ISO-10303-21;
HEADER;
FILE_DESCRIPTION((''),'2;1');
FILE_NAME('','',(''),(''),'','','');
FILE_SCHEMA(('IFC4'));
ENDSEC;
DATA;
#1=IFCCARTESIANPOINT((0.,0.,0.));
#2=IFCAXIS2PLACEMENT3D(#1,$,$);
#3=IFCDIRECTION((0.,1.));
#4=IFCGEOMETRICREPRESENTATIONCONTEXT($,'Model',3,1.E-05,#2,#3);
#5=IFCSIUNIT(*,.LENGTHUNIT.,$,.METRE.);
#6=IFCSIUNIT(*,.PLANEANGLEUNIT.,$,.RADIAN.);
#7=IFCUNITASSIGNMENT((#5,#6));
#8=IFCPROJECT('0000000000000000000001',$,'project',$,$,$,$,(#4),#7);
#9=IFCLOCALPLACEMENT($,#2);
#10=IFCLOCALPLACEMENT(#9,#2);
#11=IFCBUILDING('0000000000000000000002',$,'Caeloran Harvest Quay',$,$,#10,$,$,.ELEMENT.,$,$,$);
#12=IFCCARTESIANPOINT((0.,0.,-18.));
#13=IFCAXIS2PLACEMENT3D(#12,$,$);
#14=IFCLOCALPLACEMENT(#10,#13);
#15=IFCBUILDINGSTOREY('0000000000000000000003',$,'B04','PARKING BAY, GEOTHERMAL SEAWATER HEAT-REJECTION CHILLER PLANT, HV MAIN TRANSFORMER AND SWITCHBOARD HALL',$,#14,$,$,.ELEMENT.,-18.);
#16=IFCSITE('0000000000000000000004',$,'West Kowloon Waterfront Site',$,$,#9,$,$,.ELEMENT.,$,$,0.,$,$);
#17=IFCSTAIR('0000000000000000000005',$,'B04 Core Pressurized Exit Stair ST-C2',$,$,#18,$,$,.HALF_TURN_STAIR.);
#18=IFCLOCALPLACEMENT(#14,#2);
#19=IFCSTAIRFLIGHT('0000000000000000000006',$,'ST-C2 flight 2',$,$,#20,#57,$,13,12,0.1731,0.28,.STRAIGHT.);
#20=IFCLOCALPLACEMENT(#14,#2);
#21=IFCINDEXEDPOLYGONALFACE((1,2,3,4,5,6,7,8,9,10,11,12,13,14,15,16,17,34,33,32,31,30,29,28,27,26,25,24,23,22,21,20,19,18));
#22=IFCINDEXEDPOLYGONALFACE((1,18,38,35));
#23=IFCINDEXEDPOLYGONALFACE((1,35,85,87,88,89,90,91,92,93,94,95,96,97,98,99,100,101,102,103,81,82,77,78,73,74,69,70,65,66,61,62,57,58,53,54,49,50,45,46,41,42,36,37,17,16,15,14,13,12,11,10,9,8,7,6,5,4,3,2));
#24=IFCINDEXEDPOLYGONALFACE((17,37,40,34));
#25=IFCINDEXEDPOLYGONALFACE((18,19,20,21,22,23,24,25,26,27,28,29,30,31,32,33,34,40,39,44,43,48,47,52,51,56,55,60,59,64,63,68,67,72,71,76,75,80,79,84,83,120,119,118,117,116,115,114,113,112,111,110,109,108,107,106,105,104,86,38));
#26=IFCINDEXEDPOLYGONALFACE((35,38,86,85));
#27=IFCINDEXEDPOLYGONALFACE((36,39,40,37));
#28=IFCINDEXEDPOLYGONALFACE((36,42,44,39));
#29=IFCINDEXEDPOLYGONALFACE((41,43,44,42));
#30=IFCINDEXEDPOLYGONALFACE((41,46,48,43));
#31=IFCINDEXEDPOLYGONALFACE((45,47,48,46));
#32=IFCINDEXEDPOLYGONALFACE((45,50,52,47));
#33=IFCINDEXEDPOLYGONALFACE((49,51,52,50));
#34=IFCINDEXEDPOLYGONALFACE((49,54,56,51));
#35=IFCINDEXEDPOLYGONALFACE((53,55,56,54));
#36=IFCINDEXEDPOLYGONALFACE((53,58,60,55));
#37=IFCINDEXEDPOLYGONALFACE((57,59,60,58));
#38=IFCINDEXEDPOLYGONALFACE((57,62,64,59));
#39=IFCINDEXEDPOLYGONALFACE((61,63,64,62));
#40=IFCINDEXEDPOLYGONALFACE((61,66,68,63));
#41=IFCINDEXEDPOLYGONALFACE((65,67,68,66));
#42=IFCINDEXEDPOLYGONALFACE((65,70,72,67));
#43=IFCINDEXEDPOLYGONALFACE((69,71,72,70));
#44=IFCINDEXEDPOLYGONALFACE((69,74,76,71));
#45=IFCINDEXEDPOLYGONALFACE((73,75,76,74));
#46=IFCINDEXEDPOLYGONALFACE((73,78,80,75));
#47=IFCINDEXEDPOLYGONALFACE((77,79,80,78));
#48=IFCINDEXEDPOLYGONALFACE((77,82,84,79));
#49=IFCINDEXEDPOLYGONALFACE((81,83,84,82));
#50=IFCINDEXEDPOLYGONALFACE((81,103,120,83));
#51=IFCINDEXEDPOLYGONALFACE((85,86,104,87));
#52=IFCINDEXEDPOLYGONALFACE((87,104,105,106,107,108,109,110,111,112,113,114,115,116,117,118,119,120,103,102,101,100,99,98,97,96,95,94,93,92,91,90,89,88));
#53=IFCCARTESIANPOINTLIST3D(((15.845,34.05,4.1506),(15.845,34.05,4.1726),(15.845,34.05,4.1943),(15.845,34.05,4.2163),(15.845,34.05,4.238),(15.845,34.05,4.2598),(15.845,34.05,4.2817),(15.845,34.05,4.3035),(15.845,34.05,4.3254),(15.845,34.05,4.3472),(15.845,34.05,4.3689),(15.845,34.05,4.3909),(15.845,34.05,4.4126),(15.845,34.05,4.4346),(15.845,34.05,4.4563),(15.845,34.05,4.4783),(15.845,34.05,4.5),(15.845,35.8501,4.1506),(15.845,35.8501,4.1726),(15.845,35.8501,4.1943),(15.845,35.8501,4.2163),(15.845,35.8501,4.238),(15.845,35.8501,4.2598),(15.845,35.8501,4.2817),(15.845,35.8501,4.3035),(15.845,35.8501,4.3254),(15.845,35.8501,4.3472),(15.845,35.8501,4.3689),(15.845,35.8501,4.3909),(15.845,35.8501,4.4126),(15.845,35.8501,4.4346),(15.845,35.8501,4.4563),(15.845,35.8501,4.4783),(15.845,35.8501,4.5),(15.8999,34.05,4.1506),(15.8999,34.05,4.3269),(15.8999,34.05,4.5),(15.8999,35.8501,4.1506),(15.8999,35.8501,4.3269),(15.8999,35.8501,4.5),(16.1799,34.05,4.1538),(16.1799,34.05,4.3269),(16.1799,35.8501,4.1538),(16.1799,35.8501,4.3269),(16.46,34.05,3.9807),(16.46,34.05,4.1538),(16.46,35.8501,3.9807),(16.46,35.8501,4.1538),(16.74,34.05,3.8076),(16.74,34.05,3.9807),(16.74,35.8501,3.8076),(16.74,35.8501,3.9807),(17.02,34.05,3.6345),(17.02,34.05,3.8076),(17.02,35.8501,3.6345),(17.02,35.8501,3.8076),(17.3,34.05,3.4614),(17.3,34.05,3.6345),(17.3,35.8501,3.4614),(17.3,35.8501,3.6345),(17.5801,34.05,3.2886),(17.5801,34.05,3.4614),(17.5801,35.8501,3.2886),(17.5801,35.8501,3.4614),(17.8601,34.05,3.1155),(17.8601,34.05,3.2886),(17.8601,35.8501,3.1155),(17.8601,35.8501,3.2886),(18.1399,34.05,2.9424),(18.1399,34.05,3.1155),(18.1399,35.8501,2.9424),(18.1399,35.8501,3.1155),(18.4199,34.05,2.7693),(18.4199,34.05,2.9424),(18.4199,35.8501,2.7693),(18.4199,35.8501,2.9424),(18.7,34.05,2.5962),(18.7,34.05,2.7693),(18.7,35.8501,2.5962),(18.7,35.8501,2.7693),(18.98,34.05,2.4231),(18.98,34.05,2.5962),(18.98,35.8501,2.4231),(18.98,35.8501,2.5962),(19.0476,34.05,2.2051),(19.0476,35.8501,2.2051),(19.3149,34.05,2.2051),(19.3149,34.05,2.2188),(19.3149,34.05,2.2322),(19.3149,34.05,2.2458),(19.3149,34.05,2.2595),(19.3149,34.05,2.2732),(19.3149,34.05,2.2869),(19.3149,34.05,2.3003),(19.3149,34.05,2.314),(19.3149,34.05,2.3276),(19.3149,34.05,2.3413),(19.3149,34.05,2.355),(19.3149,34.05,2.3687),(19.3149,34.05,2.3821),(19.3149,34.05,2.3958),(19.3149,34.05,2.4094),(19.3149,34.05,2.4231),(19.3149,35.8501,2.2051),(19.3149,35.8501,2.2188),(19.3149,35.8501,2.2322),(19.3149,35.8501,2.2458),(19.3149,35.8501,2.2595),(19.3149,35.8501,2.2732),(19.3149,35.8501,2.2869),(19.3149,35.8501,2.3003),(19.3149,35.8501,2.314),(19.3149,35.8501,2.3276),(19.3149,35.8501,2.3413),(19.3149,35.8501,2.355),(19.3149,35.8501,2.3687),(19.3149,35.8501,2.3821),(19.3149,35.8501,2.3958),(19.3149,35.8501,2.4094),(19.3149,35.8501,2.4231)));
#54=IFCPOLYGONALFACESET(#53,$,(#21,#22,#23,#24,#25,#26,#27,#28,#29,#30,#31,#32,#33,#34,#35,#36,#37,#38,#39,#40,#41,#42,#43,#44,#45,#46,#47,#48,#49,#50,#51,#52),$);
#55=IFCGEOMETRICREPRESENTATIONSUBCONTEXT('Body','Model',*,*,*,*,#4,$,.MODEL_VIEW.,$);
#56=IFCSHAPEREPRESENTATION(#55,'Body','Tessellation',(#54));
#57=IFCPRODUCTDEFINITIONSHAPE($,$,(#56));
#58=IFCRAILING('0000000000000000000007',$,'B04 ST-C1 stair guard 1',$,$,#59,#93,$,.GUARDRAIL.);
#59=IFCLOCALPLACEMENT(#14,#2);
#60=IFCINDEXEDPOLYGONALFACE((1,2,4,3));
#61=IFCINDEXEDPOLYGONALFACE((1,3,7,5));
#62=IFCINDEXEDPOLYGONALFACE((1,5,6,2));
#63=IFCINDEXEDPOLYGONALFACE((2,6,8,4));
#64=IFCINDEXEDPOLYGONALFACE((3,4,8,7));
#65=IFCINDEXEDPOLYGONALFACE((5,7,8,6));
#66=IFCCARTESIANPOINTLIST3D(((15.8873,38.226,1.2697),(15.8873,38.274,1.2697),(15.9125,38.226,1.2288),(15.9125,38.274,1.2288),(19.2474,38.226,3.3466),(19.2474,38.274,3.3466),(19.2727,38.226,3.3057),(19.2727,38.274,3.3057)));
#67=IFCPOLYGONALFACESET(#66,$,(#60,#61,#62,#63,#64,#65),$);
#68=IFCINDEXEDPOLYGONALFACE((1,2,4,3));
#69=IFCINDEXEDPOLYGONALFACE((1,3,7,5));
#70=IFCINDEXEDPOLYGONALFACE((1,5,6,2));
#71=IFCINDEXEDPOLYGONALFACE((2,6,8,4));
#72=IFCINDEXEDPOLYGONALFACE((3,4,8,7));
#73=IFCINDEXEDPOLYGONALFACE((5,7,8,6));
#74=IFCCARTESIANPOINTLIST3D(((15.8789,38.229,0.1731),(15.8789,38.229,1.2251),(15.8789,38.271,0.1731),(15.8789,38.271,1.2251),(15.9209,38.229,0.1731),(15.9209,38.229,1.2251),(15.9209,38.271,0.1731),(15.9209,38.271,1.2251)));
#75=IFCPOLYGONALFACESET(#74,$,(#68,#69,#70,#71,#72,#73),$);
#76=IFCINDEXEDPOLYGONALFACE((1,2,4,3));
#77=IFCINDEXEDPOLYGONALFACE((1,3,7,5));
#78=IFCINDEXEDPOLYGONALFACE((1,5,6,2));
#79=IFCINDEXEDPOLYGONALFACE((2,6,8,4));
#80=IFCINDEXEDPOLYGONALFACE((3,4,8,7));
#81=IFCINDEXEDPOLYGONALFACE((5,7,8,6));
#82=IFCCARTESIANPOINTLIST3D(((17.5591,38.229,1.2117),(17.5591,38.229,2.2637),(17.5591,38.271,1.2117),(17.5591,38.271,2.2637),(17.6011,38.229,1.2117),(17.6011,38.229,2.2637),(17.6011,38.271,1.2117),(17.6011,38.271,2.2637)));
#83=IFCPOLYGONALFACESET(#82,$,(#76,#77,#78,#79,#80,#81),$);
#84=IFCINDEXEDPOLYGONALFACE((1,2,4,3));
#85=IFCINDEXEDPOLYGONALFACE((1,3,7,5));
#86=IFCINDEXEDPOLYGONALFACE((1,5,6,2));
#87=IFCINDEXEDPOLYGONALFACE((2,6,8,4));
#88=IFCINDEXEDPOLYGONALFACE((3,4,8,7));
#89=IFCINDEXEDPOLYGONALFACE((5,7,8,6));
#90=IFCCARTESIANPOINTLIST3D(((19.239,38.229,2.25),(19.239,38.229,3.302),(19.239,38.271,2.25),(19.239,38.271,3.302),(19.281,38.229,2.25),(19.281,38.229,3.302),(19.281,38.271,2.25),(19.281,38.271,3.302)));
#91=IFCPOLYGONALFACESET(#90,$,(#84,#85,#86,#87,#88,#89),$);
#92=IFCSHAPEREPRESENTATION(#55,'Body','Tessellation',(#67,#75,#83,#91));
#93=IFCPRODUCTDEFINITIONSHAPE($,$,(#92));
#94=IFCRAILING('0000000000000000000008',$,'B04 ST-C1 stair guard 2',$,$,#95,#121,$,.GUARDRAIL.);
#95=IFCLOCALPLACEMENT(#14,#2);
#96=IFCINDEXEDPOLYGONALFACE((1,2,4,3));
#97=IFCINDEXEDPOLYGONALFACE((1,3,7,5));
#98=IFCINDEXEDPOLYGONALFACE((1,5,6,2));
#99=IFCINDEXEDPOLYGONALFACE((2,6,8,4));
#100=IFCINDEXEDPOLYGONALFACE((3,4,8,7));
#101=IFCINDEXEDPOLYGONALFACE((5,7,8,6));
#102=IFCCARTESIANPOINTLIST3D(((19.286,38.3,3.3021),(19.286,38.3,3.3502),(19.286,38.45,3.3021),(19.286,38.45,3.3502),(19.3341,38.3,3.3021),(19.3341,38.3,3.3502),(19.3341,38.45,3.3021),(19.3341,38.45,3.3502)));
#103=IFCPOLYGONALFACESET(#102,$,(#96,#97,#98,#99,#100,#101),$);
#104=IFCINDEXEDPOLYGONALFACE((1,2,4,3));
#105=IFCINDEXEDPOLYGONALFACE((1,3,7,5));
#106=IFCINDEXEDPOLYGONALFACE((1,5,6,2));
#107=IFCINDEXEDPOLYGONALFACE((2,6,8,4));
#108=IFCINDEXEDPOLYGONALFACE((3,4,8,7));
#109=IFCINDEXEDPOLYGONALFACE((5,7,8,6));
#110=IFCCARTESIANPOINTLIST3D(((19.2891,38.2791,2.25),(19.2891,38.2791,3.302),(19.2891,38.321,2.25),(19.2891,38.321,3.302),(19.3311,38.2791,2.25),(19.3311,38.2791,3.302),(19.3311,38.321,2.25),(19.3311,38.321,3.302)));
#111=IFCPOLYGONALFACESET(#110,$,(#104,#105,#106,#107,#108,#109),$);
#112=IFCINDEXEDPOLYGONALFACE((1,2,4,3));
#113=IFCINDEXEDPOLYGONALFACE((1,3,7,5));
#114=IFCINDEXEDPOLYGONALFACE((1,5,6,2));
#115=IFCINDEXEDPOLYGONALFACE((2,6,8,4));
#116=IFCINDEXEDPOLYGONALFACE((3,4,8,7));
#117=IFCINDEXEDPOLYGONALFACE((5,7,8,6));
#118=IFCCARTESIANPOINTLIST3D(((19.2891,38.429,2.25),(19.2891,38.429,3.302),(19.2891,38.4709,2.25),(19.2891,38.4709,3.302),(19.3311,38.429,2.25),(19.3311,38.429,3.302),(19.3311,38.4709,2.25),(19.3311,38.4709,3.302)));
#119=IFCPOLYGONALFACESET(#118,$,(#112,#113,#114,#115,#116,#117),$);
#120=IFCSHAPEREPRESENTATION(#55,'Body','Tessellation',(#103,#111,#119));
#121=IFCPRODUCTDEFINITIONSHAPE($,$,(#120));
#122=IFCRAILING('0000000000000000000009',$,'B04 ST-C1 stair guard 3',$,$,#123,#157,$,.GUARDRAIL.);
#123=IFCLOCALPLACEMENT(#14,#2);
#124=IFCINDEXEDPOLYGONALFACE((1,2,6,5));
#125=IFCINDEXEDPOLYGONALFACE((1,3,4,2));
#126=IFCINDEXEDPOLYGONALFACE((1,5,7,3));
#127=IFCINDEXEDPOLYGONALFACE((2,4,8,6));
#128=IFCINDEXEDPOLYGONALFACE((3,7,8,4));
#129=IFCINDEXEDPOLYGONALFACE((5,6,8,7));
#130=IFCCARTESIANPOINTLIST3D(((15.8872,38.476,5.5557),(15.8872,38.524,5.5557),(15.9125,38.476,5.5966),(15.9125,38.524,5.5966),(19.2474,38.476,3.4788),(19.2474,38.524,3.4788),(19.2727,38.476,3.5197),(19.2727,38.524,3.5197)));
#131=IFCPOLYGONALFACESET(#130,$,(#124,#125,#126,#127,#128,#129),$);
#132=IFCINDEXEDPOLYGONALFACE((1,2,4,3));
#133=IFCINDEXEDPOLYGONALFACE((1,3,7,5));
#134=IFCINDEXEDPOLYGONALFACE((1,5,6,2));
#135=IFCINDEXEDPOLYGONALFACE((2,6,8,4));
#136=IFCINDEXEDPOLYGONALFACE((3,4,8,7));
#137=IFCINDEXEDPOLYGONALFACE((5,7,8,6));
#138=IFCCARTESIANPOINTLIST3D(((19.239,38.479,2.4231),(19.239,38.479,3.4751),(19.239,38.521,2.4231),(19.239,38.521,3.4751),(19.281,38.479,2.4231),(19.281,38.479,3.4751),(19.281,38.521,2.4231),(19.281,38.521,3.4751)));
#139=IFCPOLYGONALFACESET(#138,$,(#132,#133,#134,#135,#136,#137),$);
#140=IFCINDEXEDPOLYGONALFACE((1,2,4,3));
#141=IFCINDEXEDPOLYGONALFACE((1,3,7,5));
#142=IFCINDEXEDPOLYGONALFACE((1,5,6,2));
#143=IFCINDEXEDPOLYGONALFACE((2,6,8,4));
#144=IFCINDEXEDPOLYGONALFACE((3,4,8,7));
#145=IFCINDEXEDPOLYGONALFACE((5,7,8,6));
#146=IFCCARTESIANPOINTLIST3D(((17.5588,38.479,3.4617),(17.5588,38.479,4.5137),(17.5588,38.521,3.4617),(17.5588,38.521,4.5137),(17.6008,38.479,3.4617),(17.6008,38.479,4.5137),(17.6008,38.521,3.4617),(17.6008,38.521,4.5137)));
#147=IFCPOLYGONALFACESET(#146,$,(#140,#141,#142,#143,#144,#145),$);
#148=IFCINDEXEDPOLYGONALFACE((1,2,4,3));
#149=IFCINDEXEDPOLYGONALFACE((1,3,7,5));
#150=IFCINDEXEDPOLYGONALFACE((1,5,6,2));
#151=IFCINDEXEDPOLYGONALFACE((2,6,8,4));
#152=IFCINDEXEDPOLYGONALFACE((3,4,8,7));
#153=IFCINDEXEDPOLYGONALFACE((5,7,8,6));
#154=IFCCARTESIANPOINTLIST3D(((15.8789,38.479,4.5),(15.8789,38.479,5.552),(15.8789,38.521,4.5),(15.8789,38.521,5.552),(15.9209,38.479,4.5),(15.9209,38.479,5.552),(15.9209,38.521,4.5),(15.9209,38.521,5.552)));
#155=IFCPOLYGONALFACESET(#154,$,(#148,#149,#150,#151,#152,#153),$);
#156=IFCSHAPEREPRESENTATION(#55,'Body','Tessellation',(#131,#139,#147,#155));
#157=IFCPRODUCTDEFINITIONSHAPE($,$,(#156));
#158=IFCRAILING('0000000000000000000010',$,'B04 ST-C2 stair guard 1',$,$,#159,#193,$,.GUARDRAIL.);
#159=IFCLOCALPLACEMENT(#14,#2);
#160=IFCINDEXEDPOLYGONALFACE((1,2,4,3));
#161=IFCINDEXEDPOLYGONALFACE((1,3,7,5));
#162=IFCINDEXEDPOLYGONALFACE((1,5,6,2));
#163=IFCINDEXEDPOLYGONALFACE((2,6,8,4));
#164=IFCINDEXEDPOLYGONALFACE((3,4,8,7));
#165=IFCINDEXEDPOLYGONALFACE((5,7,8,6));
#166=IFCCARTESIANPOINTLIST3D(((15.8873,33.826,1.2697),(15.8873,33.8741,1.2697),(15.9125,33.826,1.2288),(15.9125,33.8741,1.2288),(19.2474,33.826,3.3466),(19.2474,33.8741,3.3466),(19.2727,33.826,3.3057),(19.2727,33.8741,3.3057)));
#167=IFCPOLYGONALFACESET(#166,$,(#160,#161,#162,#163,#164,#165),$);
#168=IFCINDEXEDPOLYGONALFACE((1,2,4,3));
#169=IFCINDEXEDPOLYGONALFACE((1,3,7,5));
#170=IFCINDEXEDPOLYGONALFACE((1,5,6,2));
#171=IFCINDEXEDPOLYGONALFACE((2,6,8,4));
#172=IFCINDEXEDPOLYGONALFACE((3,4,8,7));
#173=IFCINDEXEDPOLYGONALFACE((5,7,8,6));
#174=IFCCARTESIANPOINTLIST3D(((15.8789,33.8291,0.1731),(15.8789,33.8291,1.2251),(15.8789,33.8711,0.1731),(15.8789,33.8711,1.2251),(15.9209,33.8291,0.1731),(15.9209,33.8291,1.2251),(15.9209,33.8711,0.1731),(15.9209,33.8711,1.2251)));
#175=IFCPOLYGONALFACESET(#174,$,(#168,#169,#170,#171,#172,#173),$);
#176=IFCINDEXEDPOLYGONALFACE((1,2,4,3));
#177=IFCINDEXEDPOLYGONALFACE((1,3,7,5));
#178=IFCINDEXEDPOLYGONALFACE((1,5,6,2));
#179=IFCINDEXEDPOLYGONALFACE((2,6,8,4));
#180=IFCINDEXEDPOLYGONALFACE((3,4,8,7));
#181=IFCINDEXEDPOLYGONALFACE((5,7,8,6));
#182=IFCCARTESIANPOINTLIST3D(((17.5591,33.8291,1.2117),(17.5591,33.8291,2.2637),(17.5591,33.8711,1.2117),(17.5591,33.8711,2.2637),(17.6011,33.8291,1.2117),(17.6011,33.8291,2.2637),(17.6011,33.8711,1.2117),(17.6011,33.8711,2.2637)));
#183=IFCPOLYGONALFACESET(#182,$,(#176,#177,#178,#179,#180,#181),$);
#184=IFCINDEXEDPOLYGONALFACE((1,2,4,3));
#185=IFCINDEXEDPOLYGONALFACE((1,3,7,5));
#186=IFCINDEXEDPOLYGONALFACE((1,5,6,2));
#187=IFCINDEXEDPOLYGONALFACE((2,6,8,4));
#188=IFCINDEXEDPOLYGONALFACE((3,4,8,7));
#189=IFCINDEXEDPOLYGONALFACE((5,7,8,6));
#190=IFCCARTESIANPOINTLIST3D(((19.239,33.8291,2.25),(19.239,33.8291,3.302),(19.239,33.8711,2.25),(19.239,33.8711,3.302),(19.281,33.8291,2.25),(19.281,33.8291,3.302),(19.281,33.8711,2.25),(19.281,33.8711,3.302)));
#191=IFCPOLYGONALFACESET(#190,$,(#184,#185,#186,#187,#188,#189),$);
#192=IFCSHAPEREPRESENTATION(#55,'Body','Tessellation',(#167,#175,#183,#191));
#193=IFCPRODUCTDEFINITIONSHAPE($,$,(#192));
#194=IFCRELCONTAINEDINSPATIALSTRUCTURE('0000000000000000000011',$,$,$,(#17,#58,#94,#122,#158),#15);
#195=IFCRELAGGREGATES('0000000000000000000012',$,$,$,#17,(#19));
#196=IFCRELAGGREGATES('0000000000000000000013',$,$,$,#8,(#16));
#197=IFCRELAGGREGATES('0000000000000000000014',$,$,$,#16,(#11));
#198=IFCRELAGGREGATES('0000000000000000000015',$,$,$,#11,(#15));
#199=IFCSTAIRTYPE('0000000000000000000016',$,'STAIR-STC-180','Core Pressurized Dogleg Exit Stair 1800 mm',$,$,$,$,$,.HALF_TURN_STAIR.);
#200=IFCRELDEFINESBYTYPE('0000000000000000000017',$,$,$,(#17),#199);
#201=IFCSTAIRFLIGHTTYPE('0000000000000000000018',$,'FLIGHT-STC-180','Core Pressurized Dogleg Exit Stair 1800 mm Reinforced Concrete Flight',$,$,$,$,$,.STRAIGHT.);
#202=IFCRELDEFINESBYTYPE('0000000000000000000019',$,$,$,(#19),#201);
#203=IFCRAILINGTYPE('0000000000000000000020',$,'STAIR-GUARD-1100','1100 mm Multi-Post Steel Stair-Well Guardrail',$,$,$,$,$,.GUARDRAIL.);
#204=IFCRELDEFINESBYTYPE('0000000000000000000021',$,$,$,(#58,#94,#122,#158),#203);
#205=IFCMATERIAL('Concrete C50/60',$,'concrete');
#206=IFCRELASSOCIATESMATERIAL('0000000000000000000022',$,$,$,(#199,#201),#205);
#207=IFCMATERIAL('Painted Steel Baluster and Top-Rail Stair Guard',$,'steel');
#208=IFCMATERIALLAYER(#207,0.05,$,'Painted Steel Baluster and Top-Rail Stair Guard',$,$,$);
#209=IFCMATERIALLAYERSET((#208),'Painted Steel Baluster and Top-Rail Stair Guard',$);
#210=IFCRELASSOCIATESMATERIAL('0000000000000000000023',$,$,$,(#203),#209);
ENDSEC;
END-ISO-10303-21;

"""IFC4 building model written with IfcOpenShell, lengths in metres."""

from ifc_helpers import new_model, si_unit, direction, frame, origin, origin_2d, place, context, subcontext, project, spatial, polyline, rectangle, outline, extrude, material, layer, layer_set, type_object, element, aggregate, save


model = new_model("IFC4")

# Units and contexts
model_context = context("Model", 3, precision=1e-05, world=origin(), true_north=direction((0.0, 1.0)))
body_context = subcontext(model_context, "Body", "Model", "MODEL_VIEW")
ifc_project = project(units=[si_unit("LENGTHUNIT", "METRE"), si_unit("PLANEANGLEUNIT", "RADIAN")], contexts=[model_context])

# Site, building, storey
site_placement = place(None, origin())
site = spatial("IfcSite", under=ifc_project, at=site_placement, Name="West Kowloon Waterfront Site", CompositionType="ELEMENT", RefElevation=0.0)
building_placement = place(site_placement, origin())
building = spatial("IfcBuilding", under=site, at=building_placement, Name="Caeloran Harvest Quay", CompositionType="ELEMENT")
storey_placement = place(building_placement, frame((0.0, 0.0, -18.0)))
storey = spatial("IfcBuildingStorey", under=building, at=storey_placement, Name="B04", Description="PARKING BAY, GEOTHERMAL SEAWATER HEAT-REJECTION CHILLER PLANT, HV MAIN TRANSFORMER AND SWITCHBOARD HALL", CompositionType="ELEMENT", Elevation=-18.0)

# Shared definitions
ifc_material_1 = material(Name="Concrete C50/60", Category="concrete")

# Stair, stair flight
stair_type = type_object("IfcStairType", Name="STAIR-STC-180", Description="Core Pressurized Dogleg Exit Stair 1800 mm", PredefinedType="HALF_TURN_STAIR", material=ifc_material_1)
stair_flight_type = type_object("IfcStairFlightType", Name="FLIGHT-STC-180", Description="Core Pressurized Dogleg Exit Stair 1800 mm Reinforced Concrete Flight", PredefinedType="STRAIGHT", material=ifc_material_1)
stair_1_placement = place(storey_placement, origin())
stair_1 = element("IfcStair", 1, at=stair_1_placement, inside=storey, type_object=stair_type, Name="B04 Core Pressurized Exit Stair ST-C2", PredefinedType="HALF_TURN_STAIR")
stair_flight_1_placement = place(storey_placement, frame((19.26, 34.95, 2.25), z_axis=(0.0, 0.0, 1.0), x_axis=(-1.0, 0.0, 0.0)))
stair_flight_1 = element("IfcStairFlight", 2, at=stair_flight_1_placement, type_object=stair_flight_type, Name="ST-C2 flight 2", NumberOfRisers=13, NumberOfTreads=12, PredefinedType="STRAIGHT", RiserHeight=0.1731, TreadLength=0.28, context=body_context, shape_type="SweptSolid", body=[
    extrude(outline(polyline([(-0.0549, -0.0449), (-0.0549, -0.0312), (-0.0549, -0.0178), (-0.0549, -0.0042), (-0.0549, 0.0095), (-0.0549, 0.0232), (-0.0549, 0.0369), (-0.0549, 0.0503), (-0.0549, 0.064), (-0.0549, 0.0776), (-0.0549, 0.0913), (-0.0549, 0.105), (-0.0549, 0.1187), (-0.0549, 0.1321), (-0.0549, 0.1458), (-0.0549, 0.1594), (-0.0549, 0.1731), (0.28, 0.1731), (0.28, 0.3462), (0.5601, 0.3462), (0.5601, 0.5193), (0.8401, 0.5193), (0.8401, 0.6924), (1.1201, 0.6924), (1.1201, 0.8655), (1.3999, 0.8655), (1.3999, 1.0386), (1.6799, 1.0386), (1.6799, 1.2114), (1.96, 1.2114), (1.96, 1.3845), (2.24, 1.3845), (2.24, 1.5576), (2.52, 1.5576), (2.52, 1.7307), (2.8, 1.7307), (2.8, 1.9038), (3.0801, 1.9038), (3.0801, 2.0769), (3.3601, 2.0769), (3.3601, 2.25), (3.415, 2.25), (3.415, 2.2283), (3.415, 2.2063), (3.415, 2.1846), (3.415, 2.1626), (3.415, 2.1409), (3.415, 2.1189), (3.415, 2.0972), (3.415, 2.0754), (3.415, 2.0535), (3.415, 2.0317), (3.415, 2.0098), (3.415, 1.988), (3.415, 1.9663), (3.415, 1.9443), (3.415, 1.9226), (3.415, 1.9006), (3.3601, 1.9006), (0.2124, -0.0449), (-0.0549, -0.0449)])), frame((0.0, 0.8999, 0.0), z_axis=(0.0, -1.0, 0.0), x_axis=(1.0, 0.0, 0.0)), (0.0, 0.0, 1.0), 1.8),
])
aggregate(stair_1, [stair_flight_1])

# Railings
ifc_material_2 = material(Name="Painted Steel Baluster and Top-Rail Stair Guard", Category="steel")
ifc_layer_1 = layer(ifc_material_2, 0.05, Name="Painted Steel Baluster and Top-Rail Stair Guard")
ifc_layer_set_1 = layer_set([ifc_layer_1], Name="Painted Steel Baluster and Top-Rail Stair Guard")
railing_type_1 = type_object("IfcRailingType", Name="STAIR-GUARD-1100", Description="1100 mm Multi-Post Steel Stair-Well Guardrail", PredefinedType="GUARDRAIL", material=ifc_layer_set_1)
railing_1_placement = place(storey_placement, frame((15.8999, 38.25, 0.1731)))
element("IfcRailing", 3, at=railing_1_placement, inside=storey, type_object=railing_type_1, Name="B04 ST-C1 stair guard 1", PredefinedType="GUARDRAIL", context=body_context, shape_type="SweptSolid", body=[
    extrude(rectangle(XDim=0.0481, YDim=0.0481, at=origin_2d()), frame((0.0, 0.0, 1.0762), z_axis=(0.850623, 0.0, 0.525776), x_axis=(0.0, 1.0, 0.0)), (0.0, 0.0, 1.0), 3.9502),
    extrude(rectangle(XDim=0.042, YDim=0.042, at=origin_2d()), origin(), (0.0, 0.0, 1.0), 1.052),
    extrude(rectangle(XDim=0.042, YDim=0.042, at=origin_2d()), frame((1.6802, 0.0, 1.0386)), (0.0, 0.0, 1.0), 1.052),
    extrude(rectangle(XDim=0.042, YDim=0.042, at=origin_2d()), frame((3.3601, 0.0, 2.0769)), (0.0, 0.0, 1.0), 1.052),
])
railing_2_placement = place(storey_placement, frame((19.3101, 38.3, 2.25)))
element("IfcRailing", 4, at=railing_2_placement, inside=storey, type_object=railing_type_1, Name="B04 ST-C1 stair guard 2", PredefinedType="GUARDRAIL", context=body_context, shape_type="SweptSolid", body=[
    extrude(rectangle(XDim=0.0481, YDim=0.0481, at=origin_2d()), frame((0.0, 0.0, 1.0762), z_axis=(0.0, 1.0, 0.0), x_axis=(-1.0, 0.0, 0.0)), (0.0, 0.0, 1.0), 0.1499),
    extrude(rectangle(XDim=0.042, YDim=0.042, at=origin_2d()), origin(), (0.0, 0.0, 1.0), 1.052),
    extrude(rectangle(XDim=0.042, YDim=0.042, at=origin_2d()), frame((0.0, 0.1499, 0.0)), (0.0, 0.0, 1.0), 1.052),
])
railing_3_placement = place(storey_placement, frame((19.26, 38.5, 2.4231)))
element("IfcRailing", 5, at=railing_3_placement, inside=storey, type_object=railing_type_1, Name="B04 ST-C1 stair guard 3", PredefinedType="GUARDRAIL", context=body_context, shape_type="SweptSolid", body=[
    extrude(rectangle(XDim=0.0481, YDim=0.0481, at=origin_2d()), frame((0.0, 0.0, 1.0762), z_axis=(-0.850623, 0.0, 0.525776), x_axis=(0.0, -1.0, 0.0)), (0.0, 0.0, 1.0), 3.9502),
    extrude(rectangle(XDim=0.042, YDim=0.042, at=origin_2d()), origin(), (0.0, 0.0, 1.0), 1.052),
    extrude(rectangle(XDim=0.042, YDim=0.042, at=origin_2d()), frame((-1.6802, 0.0, 1.0386)), (0.0, 0.0, 1.0), 1.052),
    extrude(rectangle(XDim=0.042, YDim=0.042, at=origin_2d()), frame((-3.3601, 0.0, 2.0769)), (0.0, 0.0, 1.0), 1.052),
])
railing_4_placement = place(storey_placement, frame((15.8999, 33.8501, 0.1731)))
element("IfcRailing", 6, at=railing_4_placement, inside=storey, type_object=railing_type_1, Name="B04 ST-C2 stair guard 1", PredefinedType="GUARDRAIL", context=body_context, shape_type="SweptSolid", body=[
    extrude(rectangle(XDim=0.0481, YDim=0.0481, at=origin_2d()), frame((0.0, 0.0, 1.0762), z_axis=(0.850623, 0.0, 0.525776), x_axis=(0.0, 1.0, 0.0)), (0.0, 0.0, 1.0), 3.9502),
    extrude(rectangle(XDim=0.042, YDim=0.042, at=origin_2d()), origin(), (0.0, 0.0, 1.0), 1.052),
    extrude(rectangle(XDim=0.042, YDim=0.042, at=origin_2d()), frame((1.6802, 0.0, 1.0386)), (0.0, 0.0, 1.0), 1.052),
    extrude(rectangle(XDim=0.042, YDim=0.042, at=origin_2d()), frame((3.3601, 0.0, 2.0769)), (0.0, 0.0, 1.0), 1.052),
])

save(model, "model.ifc")
